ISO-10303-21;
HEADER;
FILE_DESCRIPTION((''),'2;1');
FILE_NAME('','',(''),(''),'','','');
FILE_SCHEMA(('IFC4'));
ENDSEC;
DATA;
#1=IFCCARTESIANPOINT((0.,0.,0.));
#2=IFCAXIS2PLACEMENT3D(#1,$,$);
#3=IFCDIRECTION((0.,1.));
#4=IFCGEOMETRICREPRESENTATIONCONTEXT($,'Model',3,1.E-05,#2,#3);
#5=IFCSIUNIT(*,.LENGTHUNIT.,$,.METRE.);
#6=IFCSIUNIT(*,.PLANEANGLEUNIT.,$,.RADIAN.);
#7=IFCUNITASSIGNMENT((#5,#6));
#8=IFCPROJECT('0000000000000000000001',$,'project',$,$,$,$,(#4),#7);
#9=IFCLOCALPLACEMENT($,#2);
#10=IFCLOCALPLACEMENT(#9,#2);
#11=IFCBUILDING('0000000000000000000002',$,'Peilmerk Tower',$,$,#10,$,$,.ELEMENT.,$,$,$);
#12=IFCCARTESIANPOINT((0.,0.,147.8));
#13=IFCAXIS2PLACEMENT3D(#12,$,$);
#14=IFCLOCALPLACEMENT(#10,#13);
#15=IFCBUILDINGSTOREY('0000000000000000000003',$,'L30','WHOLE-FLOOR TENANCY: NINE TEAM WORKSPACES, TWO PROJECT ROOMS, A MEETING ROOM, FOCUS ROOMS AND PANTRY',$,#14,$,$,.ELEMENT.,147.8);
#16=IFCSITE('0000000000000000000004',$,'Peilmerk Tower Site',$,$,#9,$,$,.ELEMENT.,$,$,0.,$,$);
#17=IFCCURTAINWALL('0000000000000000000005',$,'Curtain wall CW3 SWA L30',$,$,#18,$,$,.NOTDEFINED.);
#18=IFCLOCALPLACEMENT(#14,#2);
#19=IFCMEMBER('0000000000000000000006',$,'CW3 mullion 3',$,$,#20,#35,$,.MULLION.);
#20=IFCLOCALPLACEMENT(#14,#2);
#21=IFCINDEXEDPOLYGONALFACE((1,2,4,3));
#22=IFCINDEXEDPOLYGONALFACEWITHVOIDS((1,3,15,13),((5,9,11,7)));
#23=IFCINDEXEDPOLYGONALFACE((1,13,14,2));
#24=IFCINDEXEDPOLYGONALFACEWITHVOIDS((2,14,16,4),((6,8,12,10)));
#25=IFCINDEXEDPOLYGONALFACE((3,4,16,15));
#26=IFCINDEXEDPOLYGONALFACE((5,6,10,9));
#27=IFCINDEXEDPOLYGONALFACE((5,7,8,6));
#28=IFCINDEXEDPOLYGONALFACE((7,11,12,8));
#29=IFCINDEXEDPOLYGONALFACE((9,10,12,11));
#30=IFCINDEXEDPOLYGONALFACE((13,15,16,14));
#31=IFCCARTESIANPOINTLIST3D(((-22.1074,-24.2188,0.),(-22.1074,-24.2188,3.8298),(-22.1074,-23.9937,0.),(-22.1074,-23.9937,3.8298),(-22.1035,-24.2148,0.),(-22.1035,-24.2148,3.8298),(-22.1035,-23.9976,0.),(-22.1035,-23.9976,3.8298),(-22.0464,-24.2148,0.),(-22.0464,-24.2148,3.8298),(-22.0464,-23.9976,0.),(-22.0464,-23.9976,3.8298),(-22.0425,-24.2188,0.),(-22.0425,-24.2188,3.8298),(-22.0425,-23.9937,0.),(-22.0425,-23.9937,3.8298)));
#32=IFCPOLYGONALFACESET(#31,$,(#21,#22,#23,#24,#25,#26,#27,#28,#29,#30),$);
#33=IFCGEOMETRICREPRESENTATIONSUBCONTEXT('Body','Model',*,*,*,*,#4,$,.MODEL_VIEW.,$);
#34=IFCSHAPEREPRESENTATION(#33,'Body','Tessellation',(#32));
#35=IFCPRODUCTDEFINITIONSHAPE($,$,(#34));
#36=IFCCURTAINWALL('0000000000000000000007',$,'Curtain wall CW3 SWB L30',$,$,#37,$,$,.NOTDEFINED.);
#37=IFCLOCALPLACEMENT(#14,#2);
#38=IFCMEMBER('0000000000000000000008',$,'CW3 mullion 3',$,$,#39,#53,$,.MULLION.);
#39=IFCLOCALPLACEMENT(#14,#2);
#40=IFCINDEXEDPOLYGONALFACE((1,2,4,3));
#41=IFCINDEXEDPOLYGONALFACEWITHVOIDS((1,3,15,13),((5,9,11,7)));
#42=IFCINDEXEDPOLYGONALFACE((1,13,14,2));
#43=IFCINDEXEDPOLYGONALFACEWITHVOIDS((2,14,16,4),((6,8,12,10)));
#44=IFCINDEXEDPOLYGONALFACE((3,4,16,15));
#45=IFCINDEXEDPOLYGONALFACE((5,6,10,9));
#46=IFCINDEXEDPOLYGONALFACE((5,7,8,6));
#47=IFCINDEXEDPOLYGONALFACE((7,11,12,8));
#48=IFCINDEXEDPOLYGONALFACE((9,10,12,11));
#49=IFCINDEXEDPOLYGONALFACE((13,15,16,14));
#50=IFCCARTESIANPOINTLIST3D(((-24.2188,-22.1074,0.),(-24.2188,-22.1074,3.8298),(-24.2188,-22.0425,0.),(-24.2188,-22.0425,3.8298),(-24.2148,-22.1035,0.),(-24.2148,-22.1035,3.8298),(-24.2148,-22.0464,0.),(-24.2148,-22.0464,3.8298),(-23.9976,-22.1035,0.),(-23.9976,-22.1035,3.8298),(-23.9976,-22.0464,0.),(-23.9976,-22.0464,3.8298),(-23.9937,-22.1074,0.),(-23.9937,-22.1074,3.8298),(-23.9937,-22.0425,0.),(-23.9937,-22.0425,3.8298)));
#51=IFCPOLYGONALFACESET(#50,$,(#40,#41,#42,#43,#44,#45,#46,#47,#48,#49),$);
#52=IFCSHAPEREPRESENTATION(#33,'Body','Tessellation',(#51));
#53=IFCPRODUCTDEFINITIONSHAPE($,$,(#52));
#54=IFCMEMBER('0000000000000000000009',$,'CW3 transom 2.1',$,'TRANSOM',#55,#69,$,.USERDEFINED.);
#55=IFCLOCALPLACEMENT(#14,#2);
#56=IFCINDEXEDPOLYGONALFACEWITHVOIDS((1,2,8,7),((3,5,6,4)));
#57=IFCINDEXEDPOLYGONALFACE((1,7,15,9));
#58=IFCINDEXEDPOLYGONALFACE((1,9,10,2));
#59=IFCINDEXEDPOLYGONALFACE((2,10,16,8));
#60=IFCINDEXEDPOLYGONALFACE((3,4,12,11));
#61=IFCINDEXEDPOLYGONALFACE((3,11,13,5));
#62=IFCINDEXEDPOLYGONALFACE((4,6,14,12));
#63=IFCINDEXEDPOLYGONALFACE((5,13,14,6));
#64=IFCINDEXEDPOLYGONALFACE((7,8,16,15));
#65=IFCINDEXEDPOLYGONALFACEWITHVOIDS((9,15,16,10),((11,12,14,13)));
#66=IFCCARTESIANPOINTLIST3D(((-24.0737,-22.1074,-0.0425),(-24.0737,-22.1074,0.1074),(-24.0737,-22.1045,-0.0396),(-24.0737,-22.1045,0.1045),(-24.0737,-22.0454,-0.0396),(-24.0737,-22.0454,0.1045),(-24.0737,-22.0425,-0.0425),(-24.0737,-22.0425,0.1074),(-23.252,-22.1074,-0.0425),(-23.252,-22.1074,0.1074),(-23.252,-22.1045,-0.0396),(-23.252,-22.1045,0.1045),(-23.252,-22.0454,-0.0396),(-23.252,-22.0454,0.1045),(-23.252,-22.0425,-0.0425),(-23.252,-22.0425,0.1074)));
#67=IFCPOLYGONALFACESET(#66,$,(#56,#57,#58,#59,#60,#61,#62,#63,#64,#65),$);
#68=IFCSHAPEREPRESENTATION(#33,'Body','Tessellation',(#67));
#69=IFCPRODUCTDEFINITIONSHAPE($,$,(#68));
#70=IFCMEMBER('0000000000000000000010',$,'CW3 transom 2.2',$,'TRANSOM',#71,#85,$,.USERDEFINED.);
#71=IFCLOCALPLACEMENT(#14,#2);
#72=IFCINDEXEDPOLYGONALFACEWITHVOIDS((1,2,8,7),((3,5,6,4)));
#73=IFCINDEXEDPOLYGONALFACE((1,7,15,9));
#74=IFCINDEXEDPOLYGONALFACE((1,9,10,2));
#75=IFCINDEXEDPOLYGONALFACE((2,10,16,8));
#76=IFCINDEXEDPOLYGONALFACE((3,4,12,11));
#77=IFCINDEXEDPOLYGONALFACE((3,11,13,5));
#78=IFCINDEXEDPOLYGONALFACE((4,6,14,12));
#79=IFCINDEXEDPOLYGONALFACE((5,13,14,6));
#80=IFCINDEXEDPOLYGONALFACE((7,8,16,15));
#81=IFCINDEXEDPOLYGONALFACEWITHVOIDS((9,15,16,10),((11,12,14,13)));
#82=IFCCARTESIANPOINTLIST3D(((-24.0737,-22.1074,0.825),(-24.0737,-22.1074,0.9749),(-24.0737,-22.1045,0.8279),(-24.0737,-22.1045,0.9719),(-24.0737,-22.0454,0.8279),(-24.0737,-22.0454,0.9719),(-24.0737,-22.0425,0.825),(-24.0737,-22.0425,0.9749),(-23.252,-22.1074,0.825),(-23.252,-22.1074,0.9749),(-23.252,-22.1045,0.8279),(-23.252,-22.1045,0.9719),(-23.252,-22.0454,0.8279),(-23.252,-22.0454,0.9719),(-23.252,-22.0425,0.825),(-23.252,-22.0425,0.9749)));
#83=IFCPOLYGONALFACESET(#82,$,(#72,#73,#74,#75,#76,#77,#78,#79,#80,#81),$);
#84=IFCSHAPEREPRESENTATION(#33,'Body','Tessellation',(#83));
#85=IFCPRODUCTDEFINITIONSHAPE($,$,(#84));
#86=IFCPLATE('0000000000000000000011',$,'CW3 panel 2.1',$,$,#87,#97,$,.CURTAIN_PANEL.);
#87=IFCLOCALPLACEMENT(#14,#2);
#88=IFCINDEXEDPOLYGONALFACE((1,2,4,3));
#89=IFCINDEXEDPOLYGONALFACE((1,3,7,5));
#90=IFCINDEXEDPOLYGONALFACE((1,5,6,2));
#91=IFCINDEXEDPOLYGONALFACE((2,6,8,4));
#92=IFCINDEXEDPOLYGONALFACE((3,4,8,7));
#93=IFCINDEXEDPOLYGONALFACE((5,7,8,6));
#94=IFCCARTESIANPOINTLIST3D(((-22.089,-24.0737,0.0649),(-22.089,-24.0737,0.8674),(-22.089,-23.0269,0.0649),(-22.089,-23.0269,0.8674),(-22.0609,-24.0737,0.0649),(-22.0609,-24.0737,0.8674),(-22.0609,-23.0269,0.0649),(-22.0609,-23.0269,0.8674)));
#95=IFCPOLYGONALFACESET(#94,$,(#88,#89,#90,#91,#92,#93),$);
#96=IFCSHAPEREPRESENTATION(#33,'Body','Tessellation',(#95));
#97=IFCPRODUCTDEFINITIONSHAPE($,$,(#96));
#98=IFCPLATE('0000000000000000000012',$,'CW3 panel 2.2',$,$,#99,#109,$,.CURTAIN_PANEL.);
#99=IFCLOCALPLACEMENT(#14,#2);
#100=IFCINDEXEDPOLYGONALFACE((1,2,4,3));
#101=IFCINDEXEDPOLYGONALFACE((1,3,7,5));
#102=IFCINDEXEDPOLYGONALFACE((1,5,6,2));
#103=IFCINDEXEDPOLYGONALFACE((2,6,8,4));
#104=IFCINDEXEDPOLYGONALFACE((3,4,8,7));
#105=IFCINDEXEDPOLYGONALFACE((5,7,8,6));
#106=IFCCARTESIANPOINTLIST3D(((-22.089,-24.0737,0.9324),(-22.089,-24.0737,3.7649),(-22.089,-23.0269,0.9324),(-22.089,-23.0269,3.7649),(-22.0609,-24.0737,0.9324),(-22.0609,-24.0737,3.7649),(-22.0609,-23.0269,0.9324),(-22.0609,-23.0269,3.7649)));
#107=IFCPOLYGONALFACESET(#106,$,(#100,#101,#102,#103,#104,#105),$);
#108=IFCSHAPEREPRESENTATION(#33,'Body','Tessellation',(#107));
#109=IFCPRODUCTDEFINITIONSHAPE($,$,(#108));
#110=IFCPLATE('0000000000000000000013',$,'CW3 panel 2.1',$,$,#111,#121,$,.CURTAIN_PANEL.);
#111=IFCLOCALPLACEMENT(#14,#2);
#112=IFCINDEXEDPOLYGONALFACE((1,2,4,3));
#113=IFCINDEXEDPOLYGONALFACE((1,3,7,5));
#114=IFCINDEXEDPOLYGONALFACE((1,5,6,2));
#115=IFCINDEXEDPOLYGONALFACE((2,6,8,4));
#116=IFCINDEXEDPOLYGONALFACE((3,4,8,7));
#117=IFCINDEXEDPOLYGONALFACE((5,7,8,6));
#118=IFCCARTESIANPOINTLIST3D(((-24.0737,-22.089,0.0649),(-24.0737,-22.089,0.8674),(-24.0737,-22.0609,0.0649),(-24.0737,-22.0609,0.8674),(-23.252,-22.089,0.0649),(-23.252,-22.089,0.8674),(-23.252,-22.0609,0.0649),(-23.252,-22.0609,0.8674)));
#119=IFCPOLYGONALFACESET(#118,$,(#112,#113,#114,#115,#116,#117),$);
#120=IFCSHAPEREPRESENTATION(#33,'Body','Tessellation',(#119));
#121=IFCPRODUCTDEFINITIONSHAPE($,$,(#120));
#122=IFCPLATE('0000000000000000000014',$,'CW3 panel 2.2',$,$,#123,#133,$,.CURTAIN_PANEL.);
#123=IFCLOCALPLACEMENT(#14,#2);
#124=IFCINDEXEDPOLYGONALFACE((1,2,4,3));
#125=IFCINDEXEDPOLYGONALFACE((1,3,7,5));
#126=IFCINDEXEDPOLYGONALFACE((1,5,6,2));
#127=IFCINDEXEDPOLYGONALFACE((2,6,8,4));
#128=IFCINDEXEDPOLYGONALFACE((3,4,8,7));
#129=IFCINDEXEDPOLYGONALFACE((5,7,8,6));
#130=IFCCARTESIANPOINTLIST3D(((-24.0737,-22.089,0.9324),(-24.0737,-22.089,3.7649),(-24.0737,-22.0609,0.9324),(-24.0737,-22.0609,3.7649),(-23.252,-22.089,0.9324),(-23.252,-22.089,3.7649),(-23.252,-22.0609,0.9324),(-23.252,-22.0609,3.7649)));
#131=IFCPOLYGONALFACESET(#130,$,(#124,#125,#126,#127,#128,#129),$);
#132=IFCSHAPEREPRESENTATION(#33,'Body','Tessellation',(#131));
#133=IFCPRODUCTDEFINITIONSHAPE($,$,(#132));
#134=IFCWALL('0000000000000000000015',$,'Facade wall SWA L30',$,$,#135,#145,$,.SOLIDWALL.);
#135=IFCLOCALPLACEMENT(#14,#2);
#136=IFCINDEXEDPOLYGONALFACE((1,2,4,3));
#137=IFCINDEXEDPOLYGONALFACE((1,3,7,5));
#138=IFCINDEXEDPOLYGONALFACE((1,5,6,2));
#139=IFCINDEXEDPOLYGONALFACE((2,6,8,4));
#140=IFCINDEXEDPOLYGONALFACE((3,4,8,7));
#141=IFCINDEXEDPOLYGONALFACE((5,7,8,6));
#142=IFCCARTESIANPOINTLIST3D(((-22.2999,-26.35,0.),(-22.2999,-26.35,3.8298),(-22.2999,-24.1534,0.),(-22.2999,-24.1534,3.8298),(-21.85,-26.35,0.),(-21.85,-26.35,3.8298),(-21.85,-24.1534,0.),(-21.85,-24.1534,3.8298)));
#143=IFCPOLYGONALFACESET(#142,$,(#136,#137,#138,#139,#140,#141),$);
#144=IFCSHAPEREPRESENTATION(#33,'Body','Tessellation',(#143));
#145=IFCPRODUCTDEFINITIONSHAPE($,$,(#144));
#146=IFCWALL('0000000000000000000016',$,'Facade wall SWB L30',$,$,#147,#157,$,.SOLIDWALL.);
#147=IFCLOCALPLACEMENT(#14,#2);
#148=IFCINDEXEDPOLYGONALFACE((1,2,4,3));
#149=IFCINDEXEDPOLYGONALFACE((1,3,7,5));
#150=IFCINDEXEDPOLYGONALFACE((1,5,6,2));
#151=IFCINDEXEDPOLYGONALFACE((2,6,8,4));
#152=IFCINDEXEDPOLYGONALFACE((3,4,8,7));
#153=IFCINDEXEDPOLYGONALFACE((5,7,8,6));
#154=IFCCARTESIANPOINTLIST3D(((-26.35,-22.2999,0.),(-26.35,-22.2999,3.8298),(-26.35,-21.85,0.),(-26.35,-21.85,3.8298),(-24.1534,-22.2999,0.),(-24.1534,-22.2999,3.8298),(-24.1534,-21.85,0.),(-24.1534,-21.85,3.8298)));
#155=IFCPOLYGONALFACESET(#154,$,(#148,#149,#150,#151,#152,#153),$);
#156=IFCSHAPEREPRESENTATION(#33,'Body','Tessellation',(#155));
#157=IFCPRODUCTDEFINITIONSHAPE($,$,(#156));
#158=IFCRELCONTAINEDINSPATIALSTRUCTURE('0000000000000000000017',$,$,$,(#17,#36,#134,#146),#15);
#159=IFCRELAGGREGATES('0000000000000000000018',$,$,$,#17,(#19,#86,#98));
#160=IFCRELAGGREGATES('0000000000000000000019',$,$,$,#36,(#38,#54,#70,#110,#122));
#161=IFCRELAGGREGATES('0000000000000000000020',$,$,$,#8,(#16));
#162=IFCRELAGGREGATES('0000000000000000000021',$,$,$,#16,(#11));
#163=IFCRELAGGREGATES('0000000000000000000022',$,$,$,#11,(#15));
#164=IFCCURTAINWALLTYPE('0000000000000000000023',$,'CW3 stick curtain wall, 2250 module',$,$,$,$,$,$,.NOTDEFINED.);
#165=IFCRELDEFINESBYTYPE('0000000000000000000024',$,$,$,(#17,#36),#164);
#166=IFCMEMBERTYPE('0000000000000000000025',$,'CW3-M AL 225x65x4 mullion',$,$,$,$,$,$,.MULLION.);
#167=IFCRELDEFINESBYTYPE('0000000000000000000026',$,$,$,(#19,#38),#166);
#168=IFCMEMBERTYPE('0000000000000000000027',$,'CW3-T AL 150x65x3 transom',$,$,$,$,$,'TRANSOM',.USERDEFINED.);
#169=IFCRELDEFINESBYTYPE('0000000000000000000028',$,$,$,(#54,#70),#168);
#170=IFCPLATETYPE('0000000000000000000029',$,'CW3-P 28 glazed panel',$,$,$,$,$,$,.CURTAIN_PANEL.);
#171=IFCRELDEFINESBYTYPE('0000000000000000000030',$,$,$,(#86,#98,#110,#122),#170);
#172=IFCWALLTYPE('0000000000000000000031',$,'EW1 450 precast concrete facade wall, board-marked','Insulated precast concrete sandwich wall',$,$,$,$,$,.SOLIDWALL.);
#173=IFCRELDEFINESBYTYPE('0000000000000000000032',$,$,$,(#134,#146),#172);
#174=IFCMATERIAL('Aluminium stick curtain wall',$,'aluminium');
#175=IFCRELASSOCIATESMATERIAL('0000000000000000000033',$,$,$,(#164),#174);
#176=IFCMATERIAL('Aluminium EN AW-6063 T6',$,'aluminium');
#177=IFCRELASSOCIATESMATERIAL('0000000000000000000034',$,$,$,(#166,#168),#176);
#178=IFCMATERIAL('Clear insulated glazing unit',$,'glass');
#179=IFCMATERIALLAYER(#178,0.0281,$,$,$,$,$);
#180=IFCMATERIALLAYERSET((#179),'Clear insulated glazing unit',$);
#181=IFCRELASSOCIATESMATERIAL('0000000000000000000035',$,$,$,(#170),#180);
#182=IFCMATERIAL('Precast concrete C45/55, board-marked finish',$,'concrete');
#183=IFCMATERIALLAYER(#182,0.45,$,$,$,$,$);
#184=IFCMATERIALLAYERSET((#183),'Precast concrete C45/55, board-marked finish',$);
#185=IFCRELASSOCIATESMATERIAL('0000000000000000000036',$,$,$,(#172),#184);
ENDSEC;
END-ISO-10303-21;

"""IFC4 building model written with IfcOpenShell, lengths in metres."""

from ifc_helpers import new_model, si_unit, direction, frame, frame_2d, origin, origin_2d, place, context, subcontext, project, spatial, rectangle, hollow_rectangle, extrude, material, layer, layer_set, material_profile, profile_set, type_object, element, aggregate, save


model = new_model("IFC4")

# Units and contexts
model_context = context("Model", 3, precision=1e-05, world=origin(), true_north=direction((0.0, 1.0)))
body_context = subcontext(model_context, "Body", "Model", "MODEL_VIEW")
ifc_project = project(units=[si_unit("LENGTHUNIT", "METRE"), si_unit("PLANEANGLEUNIT", "RADIAN")], contexts=[model_context])

# Site, building, storey
site_placement = place(None, origin())
site = spatial("IfcSite", under=ifc_project, at=site_placement, Name="Peilmerk Tower Site", CompositionType="ELEMENT", RefElevation=0.0)
building_placement = place(site_placement, origin())
building = spatial("IfcBuilding", under=site, at=building_placement, Name="Peilmerk Tower", CompositionType="ELEMENT")
storey_placement = place(building_placement, frame((0.0, 0.0, 147.8)))
storey = spatial("IfcBuildingStorey", under=building, at=storey_placement, Name="L30", Description="WHOLE-FLOOR TENANCY: NINE TEAM WORKSPACES, TWO PROJECT ROOMS, A MEETING ROOM, FOCUS ROOMS AND PANTRY", CompositionType="ELEMENT", Elevation=147.8)

# Curtain wall, member
ifc_material_1 = material(Name="Aluminium stick curtain wall", Category="aluminium")
curtain_wall_type = type_object("IfcCurtainWallType", Name="CW3 stick curtain wall, 2250 module", PredefinedType="NOTDEFINED", material=ifc_material_1)
curtain_wall_1_placement = place(storey_placement, origin())
curtain_wall_1 = element("IfcCurtainWall", 1, at=curtain_wall_1_placement, inside=storey, type_object=curtain_wall_type, Name="Curtain wall CW3 SWA L30", PredefinedType="NOTDEFINED")
ifc_material_2 = material(Name="Aluminium EN AW-6063 T6", Category="aluminium")
ifc_material_profile_1 = material_profile(ifc_material_2, hollow_rectangle(XDim=0.0649, YDim=0.2251, WallThickness=0.0039, at=origin_2d()), Name="AL 225x65x4")
ifc_profile_set_1 = profile_set([ifc_material_profile_1], Name="Aluminium EN AW-6063 T6")
member_type_1 = type_object("IfcMemberType", Name="CW3-M AL 225x65x4 mullion", PredefinedType="MULLION", material=ifc_profile_set_1)
member_1_placement = place(storey_placement, frame((-22.075, -24.1062, 0.0), z_axis=(0.0, 0.0, 1.0), x_axis=(1.0, 0.0, 0.0)))
member_1 = element("IfcMember", 2, at=member_1_placement, type_object=member_type_1, Name="CW3 mullion 3", PredefinedType="MULLION", context=body_context, shape_type="SweptSolid", body=[
    extrude(hollow_rectangle(XDim=0.0649, YDim=0.2251, WallThickness=0.0039, at=origin_2d()), origin(), (0.0, 0.0, 1.0), 3.8298),
])

# Curtain wall, members
curtain_wall_2_placement = place(storey_placement, origin())
curtain_wall_2 = element("IfcCurtainWall", 3, at=curtain_wall_2_placement, inside=storey, type_object=curtain_wall_type, Name="Curtain wall CW3 SWB L30", PredefinedType="NOTDEFINED")
member_2_placement = place(storey_placement, frame((-24.1062, -22.075, 0.0), z_axis=(0.0, 0.0, 1.0), x_axis=(0.0, -1.0, 0.0)))
member_2 = element("IfcMember", 4, at=member_2_placement, type_object=member_type_1, Name="CW3 mullion 3", PredefinedType="MULLION", context=body_context, shape_type="SweptSolid", body=[
    extrude(hollow_rectangle(XDim=0.0649, YDim=0.2251, WallThickness=0.0039, at=origin_2d()), origin(), (0.0, 0.0, 1.0), 3.8298),
])
ifc_material_profile_2 = material_profile(ifc_material_2, hollow_rectangle(XDim=0.0649, YDim=0.1499, WallThickness=0.0029, at=origin_2d()), Name="AL 150x65x3")
ifc_profile_set_2 = profile_set([ifc_material_profile_2], Name="Aluminium EN AW-6063 T6")
member_type_2 = type_object("IfcMemberType", Name="CW3-T AL 150x65x3 transom", ElementType="TRANSOM", PredefinedType="USERDEFINED", material=ifc_profile_set_2)
member_3_placement = place(storey_placement, frame((-23.252, -22.075, 0.0325), z_axis=(-1.0, 0.0, 0.0), x_axis=(0.0, -1.0, 0.0)))
member_3 = element("IfcMember", 5, at=member_3_placement, type_object=member_type_2, Name="CW3 transom 2.1", ObjectType="TRANSOM", PredefinedType="USERDEFINED", context=body_context, shape_type="SweptSolid", body=[
    extrude(hollow_rectangle(XDim=0.0649, YDim=0.1499, WallThickness=0.0029, at=origin_2d()), origin(), (0.0, 0.0, 1.0), 0.8218),
])
member_4_placement = place(storey_placement, frame((-23.252, -22.075, 0.8999), z_axis=(-1.0, 0.0, 0.0), x_axis=(0.0, -1.0, 0.0)))
member_4 = element("IfcMember", 6, at=member_4_placement, type_object=member_type_2, Name="CW3 transom 2.2", ObjectType="TRANSOM", PredefinedType="USERDEFINED", context=body_context, shape_type="SweptSolid", body=[
    extrude(hollow_rectangle(XDim=0.0649, YDim=0.1499, WallThickness=0.0029, at=origin_2d()), origin(), (0.0, 0.0, 1.0), 0.8218),
])

# Plates
ifc_material_3 = material(Name="Clear insulated glazing unit", Category="glass")
ifc_layer_1 = layer(ifc_material_3, 0.0281)
ifc_layer_set_1 = layer_set([ifc_layer_1], Name="Clear insulated glazing unit")
plate_type = type_object("IfcPlateType", Name="CW3-P 28 glazed panel", PredefinedType="CURTAIN_PANEL", material=ifc_layer_set_1)
plate_1_placement = place(storey_placement, frame((-22.075, -23.5503, 0.0649), z_axis=(0.0, 0.0, 1.0), x_axis=(0.0, -1.0, 0.0)))
plate_1 = element("IfcPlate", 7, at=plate_1_placement, type_object=plate_type, Name="CW3 panel 2.1", PredefinedType="CURTAIN_PANEL", context=body_context, shape_type="SweptSolid", body=[
    extrude(rectangle(XDim=1.0469, YDim=0.0281, at=origin_2d()), origin(), (0.0, 0.0, 1.0), 0.8025),
])
plate_2_placement = place(storey_placement, frame((-22.075, -23.5503, 0.9324), z_axis=(0.0, 0.0, 1.0), x_axis=(0.0, -1.0, 0.0)))
plate_2 = element("IfcPlate", 8, at=plate_2_placement, type_object=plate_type, Name="CW3 panel 2.2", PredefinedType="CURTAIN_PANEL", context=body_context, shape_type="SweptSolid", body=[
    extrude(rectangle(XDim=1.0469, YDim=0.0281, at=origin_2d()), origin(), (0.0, 0.0, 1.0), 2.8325),
])
aggregate(curtain_wall_1, [member_1, plate_1, plate_2])
plate_3_placement = place(storey_placement, frame((-23.6628, -22.075, 0.0649), z_axis=(0.0, 0.0, 1.0), x_axis=(-1.0, 0.0, 0.0)))
plate_3 = element("IfcPlate", 9, at=plate_3_placement, type_object=plate_type, Name="CW3 panel 2.1", PredefinedType="CURTAIN_PANEL", context=body_context, shape_type="SweptSolid", body=[
    extrude(rectangle(XDim=0.8218, YDim=0.0281, at=origin_2d()), origin(), (0.0, 0.0, 1.0), 0.8025),
])
plate_4_placement = place(storey_placement, frame((-23.6628, -22.075, 0.9324), z_axis=(0.0, 0.0, 1.0), x_axis=(-1.0, 0.0, 0.0)))
plate_4 = element("IfcPlate", 10, at=plate_4_placement, type_object=plate_type, Name="CW3 panel 2.2", PredefinedType="CURTAIN_PANEL", context=body_context, shape_type="SweptSolid", body=[
    extrude(rectangle(XDim=0.8218, YDim=0.0281, at=origin_2d()), origin(), (0.0, 0.0, 1.0), 2.8325),
])
aggregate(curtain_wall_2, [member_2, member_3, member_4, plate_3, plate_4])

# Shared definitions
ifc_material_4 = material(Name="Precast concrete C45/55, board-marked finish", Category="concrete")
ifc_layer_2 = layer(ifc_material_4, 0.45)
ifc_layer_set_2 = layer_set([ifc_layer_2], Name="Precast concrete C45/55, board-marked finish")
wall_type = type_object("IfcWallType", Name="EW1 450 precast concrete facade wall, board-marked", Description="Insulated precast concrete sandwich wall", PredefinedType="SOLIDWALL", material=ifc_layer_set_2)

# Walls
for number, where, z_axis, x_axis, name in (
    (11, (-22.075, -24.1536, 0.0), (0.0, 0.0, 1.0), (0.0, -1.0, 0.0), "Facade wall SWA L30"),
    (12, (-24.1536, -22.075, 0.0), (0.0, 0.0, 1.0), (-1.0, 0.0, 0.0), "Facade wall SWB L30"),
):
    element("IfcWall", number, at=place(storey_placement, frame(where, z_axis=z_axis, x_axis=x_axis)), inside=storey, type_object=wall_type, Name=name, PredefinedType="SOLIDWALL", context=body_context, shape_type="SweptSolid", body=[
        extrude(rectangle(XDim=2.1965, YDim=0.45, at=frame_2d((1.0981, 0.0))), origin(), (0.0, 0.0, 1.0), 3.8298),
    ])

save(model, "model.ifc")
